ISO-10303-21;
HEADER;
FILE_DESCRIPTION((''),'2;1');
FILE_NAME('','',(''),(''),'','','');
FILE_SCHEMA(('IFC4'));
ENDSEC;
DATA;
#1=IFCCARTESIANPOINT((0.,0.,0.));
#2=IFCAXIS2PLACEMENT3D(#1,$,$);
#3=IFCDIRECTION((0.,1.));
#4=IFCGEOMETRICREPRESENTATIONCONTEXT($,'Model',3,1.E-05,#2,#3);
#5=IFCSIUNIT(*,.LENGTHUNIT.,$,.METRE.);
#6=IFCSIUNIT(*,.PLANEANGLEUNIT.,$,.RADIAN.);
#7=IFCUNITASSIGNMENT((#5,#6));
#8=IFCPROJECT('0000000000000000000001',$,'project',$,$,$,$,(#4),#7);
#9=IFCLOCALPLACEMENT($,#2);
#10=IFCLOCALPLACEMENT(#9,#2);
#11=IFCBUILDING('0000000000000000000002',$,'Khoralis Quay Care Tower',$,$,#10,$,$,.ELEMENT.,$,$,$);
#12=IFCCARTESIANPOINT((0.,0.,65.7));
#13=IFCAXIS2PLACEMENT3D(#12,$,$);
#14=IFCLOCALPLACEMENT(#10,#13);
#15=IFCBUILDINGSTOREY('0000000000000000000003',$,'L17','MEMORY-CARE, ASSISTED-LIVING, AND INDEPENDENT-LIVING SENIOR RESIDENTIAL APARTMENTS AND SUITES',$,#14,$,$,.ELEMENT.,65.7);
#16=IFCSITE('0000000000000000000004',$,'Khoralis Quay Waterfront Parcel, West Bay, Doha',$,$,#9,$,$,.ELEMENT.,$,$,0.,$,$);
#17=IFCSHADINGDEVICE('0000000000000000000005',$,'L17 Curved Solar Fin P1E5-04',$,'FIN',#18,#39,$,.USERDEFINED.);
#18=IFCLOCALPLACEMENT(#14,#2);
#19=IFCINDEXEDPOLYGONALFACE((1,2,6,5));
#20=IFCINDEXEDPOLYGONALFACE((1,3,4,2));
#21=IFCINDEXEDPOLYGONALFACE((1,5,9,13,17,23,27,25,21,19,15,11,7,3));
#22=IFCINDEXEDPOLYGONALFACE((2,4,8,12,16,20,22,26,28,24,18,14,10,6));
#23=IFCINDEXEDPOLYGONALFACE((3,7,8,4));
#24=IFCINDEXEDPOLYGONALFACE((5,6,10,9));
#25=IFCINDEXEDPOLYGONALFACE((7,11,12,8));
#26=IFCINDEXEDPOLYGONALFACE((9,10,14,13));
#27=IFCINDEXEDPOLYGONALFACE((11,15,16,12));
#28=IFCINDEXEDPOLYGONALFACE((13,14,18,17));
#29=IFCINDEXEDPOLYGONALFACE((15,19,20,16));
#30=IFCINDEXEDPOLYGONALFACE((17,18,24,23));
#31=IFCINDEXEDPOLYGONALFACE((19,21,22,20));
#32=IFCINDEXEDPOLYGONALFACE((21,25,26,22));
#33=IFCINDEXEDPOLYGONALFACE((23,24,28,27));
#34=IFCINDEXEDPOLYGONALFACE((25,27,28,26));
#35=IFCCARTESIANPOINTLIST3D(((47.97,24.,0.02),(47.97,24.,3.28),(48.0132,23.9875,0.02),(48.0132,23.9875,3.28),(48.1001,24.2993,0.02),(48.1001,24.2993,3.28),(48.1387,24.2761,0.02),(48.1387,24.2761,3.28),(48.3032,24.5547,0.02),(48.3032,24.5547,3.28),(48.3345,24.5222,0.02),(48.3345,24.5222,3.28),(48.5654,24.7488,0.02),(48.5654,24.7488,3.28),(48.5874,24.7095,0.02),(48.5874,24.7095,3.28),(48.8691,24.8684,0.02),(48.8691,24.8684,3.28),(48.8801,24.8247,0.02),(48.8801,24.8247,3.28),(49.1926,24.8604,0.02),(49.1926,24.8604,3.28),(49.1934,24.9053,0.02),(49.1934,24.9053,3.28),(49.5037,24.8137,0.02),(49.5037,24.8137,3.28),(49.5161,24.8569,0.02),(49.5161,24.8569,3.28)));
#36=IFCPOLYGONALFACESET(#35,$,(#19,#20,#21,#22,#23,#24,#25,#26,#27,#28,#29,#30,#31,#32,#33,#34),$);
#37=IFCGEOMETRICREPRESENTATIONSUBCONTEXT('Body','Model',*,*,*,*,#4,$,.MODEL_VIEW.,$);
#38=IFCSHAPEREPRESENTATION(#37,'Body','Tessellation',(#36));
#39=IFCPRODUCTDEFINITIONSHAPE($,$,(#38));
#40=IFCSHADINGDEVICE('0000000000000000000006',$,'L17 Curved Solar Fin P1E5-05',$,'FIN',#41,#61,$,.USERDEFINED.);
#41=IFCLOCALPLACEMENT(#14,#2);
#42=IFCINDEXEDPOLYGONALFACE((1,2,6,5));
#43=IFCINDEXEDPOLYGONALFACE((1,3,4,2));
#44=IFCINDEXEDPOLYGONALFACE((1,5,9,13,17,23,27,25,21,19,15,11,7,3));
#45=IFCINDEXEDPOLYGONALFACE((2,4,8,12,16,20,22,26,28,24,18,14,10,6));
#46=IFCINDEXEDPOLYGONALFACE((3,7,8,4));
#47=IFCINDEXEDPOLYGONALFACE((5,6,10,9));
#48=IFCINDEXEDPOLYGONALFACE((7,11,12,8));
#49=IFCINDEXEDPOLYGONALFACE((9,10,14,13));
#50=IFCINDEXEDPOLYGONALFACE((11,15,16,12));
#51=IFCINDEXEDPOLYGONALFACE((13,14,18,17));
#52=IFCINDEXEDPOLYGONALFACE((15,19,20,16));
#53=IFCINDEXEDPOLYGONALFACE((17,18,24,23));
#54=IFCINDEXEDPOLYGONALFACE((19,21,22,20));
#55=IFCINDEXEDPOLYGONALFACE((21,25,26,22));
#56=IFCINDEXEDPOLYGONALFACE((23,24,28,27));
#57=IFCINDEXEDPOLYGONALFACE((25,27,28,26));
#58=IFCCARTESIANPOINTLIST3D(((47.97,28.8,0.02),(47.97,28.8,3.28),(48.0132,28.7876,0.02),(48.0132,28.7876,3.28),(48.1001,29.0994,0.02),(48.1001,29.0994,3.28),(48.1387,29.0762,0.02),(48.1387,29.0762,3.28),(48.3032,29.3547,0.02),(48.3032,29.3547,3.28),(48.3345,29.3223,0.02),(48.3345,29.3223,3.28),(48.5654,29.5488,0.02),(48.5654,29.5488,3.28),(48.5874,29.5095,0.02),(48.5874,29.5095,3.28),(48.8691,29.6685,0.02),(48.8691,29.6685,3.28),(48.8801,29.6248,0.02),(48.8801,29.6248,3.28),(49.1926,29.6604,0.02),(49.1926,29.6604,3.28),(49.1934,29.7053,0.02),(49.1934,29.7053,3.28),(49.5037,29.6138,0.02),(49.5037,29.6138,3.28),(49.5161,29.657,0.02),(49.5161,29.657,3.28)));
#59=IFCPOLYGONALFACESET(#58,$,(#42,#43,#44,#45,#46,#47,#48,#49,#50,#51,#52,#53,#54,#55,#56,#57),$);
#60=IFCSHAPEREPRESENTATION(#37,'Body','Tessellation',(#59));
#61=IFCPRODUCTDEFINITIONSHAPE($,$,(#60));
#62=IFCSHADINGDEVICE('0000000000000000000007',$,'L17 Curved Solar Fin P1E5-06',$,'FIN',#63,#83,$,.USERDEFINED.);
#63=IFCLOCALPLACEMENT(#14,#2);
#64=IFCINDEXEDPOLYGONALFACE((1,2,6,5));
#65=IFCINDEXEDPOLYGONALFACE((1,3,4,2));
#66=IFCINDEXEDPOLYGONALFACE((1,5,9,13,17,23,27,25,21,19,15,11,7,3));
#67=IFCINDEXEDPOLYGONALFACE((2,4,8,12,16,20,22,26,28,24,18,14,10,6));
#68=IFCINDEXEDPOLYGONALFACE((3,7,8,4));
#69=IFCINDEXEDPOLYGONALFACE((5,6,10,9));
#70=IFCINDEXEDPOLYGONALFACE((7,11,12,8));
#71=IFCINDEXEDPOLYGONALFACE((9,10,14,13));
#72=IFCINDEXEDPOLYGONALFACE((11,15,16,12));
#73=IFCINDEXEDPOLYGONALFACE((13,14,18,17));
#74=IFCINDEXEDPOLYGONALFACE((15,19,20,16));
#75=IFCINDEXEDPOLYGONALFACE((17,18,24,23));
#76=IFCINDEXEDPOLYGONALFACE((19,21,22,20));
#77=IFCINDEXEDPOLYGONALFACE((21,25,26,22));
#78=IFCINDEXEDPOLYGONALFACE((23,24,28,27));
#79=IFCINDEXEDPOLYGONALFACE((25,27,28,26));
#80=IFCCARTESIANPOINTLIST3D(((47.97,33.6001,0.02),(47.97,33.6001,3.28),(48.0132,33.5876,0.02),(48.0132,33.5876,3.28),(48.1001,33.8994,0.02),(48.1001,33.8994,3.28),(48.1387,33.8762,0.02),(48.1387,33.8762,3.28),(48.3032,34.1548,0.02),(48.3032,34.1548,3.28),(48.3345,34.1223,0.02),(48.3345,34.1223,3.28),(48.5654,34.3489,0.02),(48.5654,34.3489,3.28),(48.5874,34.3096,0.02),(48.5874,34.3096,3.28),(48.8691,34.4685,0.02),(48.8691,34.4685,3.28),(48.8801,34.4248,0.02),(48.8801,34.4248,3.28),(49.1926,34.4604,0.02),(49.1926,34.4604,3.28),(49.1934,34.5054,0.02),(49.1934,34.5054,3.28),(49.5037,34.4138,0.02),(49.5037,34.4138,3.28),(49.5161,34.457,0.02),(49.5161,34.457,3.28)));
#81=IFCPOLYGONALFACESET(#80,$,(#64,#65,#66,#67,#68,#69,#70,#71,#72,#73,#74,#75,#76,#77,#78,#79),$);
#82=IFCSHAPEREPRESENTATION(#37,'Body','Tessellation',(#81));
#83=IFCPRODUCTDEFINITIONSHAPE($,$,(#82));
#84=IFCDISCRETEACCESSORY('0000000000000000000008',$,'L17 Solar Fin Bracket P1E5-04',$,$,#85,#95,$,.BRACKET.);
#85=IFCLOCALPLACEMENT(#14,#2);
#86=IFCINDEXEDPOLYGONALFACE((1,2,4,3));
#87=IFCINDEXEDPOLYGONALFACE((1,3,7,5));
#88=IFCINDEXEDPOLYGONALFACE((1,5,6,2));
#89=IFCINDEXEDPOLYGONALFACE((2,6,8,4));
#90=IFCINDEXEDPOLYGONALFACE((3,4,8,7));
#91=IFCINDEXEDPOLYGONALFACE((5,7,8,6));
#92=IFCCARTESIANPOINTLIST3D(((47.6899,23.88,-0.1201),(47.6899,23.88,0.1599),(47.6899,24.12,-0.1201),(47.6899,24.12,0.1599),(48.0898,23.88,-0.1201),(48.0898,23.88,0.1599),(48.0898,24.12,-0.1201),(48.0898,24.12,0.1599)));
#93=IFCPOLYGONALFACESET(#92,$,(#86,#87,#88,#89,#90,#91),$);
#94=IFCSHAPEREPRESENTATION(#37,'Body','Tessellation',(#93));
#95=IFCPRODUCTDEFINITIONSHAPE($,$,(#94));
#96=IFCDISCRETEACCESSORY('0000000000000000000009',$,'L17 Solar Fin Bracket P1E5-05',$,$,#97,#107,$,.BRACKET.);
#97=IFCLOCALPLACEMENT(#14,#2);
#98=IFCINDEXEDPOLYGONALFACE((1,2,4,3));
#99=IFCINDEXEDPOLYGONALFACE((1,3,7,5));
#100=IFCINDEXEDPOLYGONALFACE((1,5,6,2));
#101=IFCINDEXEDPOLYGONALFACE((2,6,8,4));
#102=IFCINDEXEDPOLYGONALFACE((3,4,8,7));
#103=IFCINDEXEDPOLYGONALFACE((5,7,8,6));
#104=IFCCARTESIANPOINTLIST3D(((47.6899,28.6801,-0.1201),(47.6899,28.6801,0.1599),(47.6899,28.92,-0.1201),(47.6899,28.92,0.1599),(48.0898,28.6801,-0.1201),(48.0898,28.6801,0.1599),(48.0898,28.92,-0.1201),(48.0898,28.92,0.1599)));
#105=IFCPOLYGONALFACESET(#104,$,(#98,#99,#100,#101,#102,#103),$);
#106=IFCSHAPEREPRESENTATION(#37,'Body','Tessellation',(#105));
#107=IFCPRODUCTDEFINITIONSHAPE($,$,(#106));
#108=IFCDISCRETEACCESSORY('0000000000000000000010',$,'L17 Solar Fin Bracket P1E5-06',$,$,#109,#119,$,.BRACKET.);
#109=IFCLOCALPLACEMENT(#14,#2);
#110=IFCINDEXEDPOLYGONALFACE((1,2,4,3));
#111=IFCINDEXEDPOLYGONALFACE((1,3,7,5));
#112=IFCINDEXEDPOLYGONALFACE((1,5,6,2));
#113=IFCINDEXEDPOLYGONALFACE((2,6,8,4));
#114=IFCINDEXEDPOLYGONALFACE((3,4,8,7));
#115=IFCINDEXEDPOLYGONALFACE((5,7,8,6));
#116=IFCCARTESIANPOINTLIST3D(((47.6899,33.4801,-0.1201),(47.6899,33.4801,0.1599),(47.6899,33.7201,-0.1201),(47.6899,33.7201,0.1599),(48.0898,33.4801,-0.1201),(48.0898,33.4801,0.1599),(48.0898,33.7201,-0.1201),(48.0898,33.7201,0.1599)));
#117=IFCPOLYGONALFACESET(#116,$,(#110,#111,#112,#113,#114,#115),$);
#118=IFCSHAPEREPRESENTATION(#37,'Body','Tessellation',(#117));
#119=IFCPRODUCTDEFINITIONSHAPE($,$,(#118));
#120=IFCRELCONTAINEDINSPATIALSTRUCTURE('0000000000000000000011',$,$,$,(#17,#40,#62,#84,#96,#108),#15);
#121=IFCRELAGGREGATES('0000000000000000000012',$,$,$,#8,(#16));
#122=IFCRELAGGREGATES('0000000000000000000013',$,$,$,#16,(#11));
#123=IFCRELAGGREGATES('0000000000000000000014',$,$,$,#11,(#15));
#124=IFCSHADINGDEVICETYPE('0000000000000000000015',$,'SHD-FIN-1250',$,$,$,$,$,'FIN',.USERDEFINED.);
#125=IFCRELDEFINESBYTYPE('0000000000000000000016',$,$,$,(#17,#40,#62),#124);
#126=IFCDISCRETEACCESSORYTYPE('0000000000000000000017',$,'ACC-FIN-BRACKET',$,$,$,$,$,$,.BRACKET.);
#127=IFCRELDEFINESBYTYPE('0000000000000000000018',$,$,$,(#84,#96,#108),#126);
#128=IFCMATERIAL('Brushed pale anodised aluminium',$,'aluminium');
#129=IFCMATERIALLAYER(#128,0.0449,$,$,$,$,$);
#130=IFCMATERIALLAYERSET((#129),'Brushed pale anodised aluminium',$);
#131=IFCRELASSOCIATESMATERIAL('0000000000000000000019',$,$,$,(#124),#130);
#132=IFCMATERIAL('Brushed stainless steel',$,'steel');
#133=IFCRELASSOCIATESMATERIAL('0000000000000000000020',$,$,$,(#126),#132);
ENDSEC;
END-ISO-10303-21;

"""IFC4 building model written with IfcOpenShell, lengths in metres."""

from ifc_helpers import new_model, si_unit, direction, frame, origin, origin_2d, place, context, subcontext, project, spatial, polyline, rectangle, outline, extrude, source, transform, mapped, material, layer, layer_set, type_object, element, save


model = new_model("IFC4")

# Units and contexts
model_context = context("Model", 3, precision=1e-05, world=origin(), true_north=direction((0.0, 1.0)))
body_context = subcontext(model_context, "Body", "Model", "MODEL_VIEW")
ifc_project = project(units=[si_unit("LENGTHUNIT", "METRE"), si_unit("PLANEANGLEUNIT", "RADIAN")], contexts=[model_context])

# Site, building, storey
site_placement = place(None, origin())
site = spatial("IfcSite", under=ifc_project, at=site_placement, Name="Khoralis Quay Waterfront Parcel, West Bay, Doha", CompositionType="ELEMENT", RefElevation=0.0)
building_placement = place(site_placement, origin())
building = spatial("IfcBuilding", under=site, at=building_placement, Name="Khoralis Quay Care Tower", CompositionType="ELEMENT")
storey_placement = place(building_placement, frame((0.0, 0.0, 65.7)))
storey = spatial("IfcBuildingStorey", under=building, at=storey_placement, Name="L17", Description="MEMORY-CARE, ASSISTED-LIVING, AND INDEPENDENT-LIVING SENIOR RESIDENTIAL APARTMENTS AND SUITES", CompositionType="ELEMENT", Elevation=65.7)

# Shading devices
ifc_material_1 = material(Name="Brushed pale anodised aluminium", Category="aluminium")
ifc_layer_1 = layer(ifc_material_1, 0.0449)
ifc_layer_set_1 = layer_set([ifc_layer_1], Name="Brushed pale anodised aluminium")
shading_device_type = type_object("IfcShadingDeviceType", Name="SHD-FIN-1250", ElementType="FIN", PredefinedType="USERDEFINED", material=ifc_layer_set_1)
shared_shape_1 = source(origin(), body_context, "Body", "SweptSolid", [
    extrude(outline(polyline([(0.0, 0.0), (0.1301, 0.2993), (0.3333, 0.5547), (0.5955, 0.7488), (0.8992, 0.8684), (1.2234, 0.9053), (1.5461, 0.8569), (1.5337, 0.8137), (1.2227, 0.8604), (0.9102, 0.8247), (0.6174, 0.7095), (0.3645, 0.5222), (0.1687, 0.2761), (0.0432, -0.0125), (0.0, 0.0)])), origin(), (0.0, 0.0, 1.0), 3.26),
])
for number, where, z_axis, x_axis, name in (
    (1, (47.97, 24.0, 0.02), (0.0, 0.0, 1.0), (1.0, 0.0, 0.0), "L17 Curved Solar Fin P1E5-04"),
    (2, (47.97, 28.8, 0.02), (0.0, 0.0, 1.0), (1.0, 0.0, 0.0), "L17 Curved Solar Fin P1E5-05"),
    (3, (47.97, 33.6001, 0.02), (0.0, 0.0, 1.0), (1.0, 0.0, 0.0), "L17 Curved Solar Fin P1E5-06"),
):
    element("IfcShadingDevice", number, at=place(storey_placement, frame(where, z_axis=z_axis, x_axis=x_axis)), inside=storey, type_object=shading_device_type, Name=name, ObjectType="FIN", PredefinedType="USERDEFINED", context=body_context, shape_type="MappedRepresentation", body=[
        mapped(shared_shape_1, transform((0.0, 0.0, 0.0), scale=1.0)),
    ])

# Discrete accessories
ifc_material_2 = material(Name="Brushed stainless steel", Category="steel")
discrete_accessory_type = type_object("IfcDiscreteAccessoryType", Name="ACC-FIN-BRACKET", PredefinedType="BRACKET", material=ifc_material_2)
shared_shape_2 = source(origin(), body_context, "Body", "SweptSolid", [
    extrude(rectangle(XDim=0.3999, YDim=0.24, at=origin_2d()), origin(), (0.0, 0.0, 1.0), 0.28),
])
for number, where, z_axis, x_axis, name in (
    (4, (47.8899, 24.0, -0.1201), (0.0, 0.0, 1.0), (1.0, 0.0, 0.0), "L17 Solar Fin Bracket P1E5-04"),
    (5, (47.8899, 28.8, -0.1201), (0.0, 0.0, 1.0), (1.0, 0.0, 0.0), "L17 Solar Fin Bracket P1E5-05"),
    (6, (47.8899, 33.6001, -0.1201), (0.0, 0.0, 1.0), (1.0, 0.0, 0.0), "L17 Solar Fin Bracket P1E5-06"),
):
    element("IfcDiscreteAccessory", number, at=place(storey_placement, frame(where, z_axis=z_axis, x_axis=x_axis)), inside=storey, type_object=discrete_accessory_type, Name=name, PredefinedType="BRACKET", context=body_context, shape_type="MappedRepresentation", body=[
        mapped(shared_shape_2, transform((0.0, 0.0, 0.0), scale=1.0)),
    ])

save(model, "model.ifc")
